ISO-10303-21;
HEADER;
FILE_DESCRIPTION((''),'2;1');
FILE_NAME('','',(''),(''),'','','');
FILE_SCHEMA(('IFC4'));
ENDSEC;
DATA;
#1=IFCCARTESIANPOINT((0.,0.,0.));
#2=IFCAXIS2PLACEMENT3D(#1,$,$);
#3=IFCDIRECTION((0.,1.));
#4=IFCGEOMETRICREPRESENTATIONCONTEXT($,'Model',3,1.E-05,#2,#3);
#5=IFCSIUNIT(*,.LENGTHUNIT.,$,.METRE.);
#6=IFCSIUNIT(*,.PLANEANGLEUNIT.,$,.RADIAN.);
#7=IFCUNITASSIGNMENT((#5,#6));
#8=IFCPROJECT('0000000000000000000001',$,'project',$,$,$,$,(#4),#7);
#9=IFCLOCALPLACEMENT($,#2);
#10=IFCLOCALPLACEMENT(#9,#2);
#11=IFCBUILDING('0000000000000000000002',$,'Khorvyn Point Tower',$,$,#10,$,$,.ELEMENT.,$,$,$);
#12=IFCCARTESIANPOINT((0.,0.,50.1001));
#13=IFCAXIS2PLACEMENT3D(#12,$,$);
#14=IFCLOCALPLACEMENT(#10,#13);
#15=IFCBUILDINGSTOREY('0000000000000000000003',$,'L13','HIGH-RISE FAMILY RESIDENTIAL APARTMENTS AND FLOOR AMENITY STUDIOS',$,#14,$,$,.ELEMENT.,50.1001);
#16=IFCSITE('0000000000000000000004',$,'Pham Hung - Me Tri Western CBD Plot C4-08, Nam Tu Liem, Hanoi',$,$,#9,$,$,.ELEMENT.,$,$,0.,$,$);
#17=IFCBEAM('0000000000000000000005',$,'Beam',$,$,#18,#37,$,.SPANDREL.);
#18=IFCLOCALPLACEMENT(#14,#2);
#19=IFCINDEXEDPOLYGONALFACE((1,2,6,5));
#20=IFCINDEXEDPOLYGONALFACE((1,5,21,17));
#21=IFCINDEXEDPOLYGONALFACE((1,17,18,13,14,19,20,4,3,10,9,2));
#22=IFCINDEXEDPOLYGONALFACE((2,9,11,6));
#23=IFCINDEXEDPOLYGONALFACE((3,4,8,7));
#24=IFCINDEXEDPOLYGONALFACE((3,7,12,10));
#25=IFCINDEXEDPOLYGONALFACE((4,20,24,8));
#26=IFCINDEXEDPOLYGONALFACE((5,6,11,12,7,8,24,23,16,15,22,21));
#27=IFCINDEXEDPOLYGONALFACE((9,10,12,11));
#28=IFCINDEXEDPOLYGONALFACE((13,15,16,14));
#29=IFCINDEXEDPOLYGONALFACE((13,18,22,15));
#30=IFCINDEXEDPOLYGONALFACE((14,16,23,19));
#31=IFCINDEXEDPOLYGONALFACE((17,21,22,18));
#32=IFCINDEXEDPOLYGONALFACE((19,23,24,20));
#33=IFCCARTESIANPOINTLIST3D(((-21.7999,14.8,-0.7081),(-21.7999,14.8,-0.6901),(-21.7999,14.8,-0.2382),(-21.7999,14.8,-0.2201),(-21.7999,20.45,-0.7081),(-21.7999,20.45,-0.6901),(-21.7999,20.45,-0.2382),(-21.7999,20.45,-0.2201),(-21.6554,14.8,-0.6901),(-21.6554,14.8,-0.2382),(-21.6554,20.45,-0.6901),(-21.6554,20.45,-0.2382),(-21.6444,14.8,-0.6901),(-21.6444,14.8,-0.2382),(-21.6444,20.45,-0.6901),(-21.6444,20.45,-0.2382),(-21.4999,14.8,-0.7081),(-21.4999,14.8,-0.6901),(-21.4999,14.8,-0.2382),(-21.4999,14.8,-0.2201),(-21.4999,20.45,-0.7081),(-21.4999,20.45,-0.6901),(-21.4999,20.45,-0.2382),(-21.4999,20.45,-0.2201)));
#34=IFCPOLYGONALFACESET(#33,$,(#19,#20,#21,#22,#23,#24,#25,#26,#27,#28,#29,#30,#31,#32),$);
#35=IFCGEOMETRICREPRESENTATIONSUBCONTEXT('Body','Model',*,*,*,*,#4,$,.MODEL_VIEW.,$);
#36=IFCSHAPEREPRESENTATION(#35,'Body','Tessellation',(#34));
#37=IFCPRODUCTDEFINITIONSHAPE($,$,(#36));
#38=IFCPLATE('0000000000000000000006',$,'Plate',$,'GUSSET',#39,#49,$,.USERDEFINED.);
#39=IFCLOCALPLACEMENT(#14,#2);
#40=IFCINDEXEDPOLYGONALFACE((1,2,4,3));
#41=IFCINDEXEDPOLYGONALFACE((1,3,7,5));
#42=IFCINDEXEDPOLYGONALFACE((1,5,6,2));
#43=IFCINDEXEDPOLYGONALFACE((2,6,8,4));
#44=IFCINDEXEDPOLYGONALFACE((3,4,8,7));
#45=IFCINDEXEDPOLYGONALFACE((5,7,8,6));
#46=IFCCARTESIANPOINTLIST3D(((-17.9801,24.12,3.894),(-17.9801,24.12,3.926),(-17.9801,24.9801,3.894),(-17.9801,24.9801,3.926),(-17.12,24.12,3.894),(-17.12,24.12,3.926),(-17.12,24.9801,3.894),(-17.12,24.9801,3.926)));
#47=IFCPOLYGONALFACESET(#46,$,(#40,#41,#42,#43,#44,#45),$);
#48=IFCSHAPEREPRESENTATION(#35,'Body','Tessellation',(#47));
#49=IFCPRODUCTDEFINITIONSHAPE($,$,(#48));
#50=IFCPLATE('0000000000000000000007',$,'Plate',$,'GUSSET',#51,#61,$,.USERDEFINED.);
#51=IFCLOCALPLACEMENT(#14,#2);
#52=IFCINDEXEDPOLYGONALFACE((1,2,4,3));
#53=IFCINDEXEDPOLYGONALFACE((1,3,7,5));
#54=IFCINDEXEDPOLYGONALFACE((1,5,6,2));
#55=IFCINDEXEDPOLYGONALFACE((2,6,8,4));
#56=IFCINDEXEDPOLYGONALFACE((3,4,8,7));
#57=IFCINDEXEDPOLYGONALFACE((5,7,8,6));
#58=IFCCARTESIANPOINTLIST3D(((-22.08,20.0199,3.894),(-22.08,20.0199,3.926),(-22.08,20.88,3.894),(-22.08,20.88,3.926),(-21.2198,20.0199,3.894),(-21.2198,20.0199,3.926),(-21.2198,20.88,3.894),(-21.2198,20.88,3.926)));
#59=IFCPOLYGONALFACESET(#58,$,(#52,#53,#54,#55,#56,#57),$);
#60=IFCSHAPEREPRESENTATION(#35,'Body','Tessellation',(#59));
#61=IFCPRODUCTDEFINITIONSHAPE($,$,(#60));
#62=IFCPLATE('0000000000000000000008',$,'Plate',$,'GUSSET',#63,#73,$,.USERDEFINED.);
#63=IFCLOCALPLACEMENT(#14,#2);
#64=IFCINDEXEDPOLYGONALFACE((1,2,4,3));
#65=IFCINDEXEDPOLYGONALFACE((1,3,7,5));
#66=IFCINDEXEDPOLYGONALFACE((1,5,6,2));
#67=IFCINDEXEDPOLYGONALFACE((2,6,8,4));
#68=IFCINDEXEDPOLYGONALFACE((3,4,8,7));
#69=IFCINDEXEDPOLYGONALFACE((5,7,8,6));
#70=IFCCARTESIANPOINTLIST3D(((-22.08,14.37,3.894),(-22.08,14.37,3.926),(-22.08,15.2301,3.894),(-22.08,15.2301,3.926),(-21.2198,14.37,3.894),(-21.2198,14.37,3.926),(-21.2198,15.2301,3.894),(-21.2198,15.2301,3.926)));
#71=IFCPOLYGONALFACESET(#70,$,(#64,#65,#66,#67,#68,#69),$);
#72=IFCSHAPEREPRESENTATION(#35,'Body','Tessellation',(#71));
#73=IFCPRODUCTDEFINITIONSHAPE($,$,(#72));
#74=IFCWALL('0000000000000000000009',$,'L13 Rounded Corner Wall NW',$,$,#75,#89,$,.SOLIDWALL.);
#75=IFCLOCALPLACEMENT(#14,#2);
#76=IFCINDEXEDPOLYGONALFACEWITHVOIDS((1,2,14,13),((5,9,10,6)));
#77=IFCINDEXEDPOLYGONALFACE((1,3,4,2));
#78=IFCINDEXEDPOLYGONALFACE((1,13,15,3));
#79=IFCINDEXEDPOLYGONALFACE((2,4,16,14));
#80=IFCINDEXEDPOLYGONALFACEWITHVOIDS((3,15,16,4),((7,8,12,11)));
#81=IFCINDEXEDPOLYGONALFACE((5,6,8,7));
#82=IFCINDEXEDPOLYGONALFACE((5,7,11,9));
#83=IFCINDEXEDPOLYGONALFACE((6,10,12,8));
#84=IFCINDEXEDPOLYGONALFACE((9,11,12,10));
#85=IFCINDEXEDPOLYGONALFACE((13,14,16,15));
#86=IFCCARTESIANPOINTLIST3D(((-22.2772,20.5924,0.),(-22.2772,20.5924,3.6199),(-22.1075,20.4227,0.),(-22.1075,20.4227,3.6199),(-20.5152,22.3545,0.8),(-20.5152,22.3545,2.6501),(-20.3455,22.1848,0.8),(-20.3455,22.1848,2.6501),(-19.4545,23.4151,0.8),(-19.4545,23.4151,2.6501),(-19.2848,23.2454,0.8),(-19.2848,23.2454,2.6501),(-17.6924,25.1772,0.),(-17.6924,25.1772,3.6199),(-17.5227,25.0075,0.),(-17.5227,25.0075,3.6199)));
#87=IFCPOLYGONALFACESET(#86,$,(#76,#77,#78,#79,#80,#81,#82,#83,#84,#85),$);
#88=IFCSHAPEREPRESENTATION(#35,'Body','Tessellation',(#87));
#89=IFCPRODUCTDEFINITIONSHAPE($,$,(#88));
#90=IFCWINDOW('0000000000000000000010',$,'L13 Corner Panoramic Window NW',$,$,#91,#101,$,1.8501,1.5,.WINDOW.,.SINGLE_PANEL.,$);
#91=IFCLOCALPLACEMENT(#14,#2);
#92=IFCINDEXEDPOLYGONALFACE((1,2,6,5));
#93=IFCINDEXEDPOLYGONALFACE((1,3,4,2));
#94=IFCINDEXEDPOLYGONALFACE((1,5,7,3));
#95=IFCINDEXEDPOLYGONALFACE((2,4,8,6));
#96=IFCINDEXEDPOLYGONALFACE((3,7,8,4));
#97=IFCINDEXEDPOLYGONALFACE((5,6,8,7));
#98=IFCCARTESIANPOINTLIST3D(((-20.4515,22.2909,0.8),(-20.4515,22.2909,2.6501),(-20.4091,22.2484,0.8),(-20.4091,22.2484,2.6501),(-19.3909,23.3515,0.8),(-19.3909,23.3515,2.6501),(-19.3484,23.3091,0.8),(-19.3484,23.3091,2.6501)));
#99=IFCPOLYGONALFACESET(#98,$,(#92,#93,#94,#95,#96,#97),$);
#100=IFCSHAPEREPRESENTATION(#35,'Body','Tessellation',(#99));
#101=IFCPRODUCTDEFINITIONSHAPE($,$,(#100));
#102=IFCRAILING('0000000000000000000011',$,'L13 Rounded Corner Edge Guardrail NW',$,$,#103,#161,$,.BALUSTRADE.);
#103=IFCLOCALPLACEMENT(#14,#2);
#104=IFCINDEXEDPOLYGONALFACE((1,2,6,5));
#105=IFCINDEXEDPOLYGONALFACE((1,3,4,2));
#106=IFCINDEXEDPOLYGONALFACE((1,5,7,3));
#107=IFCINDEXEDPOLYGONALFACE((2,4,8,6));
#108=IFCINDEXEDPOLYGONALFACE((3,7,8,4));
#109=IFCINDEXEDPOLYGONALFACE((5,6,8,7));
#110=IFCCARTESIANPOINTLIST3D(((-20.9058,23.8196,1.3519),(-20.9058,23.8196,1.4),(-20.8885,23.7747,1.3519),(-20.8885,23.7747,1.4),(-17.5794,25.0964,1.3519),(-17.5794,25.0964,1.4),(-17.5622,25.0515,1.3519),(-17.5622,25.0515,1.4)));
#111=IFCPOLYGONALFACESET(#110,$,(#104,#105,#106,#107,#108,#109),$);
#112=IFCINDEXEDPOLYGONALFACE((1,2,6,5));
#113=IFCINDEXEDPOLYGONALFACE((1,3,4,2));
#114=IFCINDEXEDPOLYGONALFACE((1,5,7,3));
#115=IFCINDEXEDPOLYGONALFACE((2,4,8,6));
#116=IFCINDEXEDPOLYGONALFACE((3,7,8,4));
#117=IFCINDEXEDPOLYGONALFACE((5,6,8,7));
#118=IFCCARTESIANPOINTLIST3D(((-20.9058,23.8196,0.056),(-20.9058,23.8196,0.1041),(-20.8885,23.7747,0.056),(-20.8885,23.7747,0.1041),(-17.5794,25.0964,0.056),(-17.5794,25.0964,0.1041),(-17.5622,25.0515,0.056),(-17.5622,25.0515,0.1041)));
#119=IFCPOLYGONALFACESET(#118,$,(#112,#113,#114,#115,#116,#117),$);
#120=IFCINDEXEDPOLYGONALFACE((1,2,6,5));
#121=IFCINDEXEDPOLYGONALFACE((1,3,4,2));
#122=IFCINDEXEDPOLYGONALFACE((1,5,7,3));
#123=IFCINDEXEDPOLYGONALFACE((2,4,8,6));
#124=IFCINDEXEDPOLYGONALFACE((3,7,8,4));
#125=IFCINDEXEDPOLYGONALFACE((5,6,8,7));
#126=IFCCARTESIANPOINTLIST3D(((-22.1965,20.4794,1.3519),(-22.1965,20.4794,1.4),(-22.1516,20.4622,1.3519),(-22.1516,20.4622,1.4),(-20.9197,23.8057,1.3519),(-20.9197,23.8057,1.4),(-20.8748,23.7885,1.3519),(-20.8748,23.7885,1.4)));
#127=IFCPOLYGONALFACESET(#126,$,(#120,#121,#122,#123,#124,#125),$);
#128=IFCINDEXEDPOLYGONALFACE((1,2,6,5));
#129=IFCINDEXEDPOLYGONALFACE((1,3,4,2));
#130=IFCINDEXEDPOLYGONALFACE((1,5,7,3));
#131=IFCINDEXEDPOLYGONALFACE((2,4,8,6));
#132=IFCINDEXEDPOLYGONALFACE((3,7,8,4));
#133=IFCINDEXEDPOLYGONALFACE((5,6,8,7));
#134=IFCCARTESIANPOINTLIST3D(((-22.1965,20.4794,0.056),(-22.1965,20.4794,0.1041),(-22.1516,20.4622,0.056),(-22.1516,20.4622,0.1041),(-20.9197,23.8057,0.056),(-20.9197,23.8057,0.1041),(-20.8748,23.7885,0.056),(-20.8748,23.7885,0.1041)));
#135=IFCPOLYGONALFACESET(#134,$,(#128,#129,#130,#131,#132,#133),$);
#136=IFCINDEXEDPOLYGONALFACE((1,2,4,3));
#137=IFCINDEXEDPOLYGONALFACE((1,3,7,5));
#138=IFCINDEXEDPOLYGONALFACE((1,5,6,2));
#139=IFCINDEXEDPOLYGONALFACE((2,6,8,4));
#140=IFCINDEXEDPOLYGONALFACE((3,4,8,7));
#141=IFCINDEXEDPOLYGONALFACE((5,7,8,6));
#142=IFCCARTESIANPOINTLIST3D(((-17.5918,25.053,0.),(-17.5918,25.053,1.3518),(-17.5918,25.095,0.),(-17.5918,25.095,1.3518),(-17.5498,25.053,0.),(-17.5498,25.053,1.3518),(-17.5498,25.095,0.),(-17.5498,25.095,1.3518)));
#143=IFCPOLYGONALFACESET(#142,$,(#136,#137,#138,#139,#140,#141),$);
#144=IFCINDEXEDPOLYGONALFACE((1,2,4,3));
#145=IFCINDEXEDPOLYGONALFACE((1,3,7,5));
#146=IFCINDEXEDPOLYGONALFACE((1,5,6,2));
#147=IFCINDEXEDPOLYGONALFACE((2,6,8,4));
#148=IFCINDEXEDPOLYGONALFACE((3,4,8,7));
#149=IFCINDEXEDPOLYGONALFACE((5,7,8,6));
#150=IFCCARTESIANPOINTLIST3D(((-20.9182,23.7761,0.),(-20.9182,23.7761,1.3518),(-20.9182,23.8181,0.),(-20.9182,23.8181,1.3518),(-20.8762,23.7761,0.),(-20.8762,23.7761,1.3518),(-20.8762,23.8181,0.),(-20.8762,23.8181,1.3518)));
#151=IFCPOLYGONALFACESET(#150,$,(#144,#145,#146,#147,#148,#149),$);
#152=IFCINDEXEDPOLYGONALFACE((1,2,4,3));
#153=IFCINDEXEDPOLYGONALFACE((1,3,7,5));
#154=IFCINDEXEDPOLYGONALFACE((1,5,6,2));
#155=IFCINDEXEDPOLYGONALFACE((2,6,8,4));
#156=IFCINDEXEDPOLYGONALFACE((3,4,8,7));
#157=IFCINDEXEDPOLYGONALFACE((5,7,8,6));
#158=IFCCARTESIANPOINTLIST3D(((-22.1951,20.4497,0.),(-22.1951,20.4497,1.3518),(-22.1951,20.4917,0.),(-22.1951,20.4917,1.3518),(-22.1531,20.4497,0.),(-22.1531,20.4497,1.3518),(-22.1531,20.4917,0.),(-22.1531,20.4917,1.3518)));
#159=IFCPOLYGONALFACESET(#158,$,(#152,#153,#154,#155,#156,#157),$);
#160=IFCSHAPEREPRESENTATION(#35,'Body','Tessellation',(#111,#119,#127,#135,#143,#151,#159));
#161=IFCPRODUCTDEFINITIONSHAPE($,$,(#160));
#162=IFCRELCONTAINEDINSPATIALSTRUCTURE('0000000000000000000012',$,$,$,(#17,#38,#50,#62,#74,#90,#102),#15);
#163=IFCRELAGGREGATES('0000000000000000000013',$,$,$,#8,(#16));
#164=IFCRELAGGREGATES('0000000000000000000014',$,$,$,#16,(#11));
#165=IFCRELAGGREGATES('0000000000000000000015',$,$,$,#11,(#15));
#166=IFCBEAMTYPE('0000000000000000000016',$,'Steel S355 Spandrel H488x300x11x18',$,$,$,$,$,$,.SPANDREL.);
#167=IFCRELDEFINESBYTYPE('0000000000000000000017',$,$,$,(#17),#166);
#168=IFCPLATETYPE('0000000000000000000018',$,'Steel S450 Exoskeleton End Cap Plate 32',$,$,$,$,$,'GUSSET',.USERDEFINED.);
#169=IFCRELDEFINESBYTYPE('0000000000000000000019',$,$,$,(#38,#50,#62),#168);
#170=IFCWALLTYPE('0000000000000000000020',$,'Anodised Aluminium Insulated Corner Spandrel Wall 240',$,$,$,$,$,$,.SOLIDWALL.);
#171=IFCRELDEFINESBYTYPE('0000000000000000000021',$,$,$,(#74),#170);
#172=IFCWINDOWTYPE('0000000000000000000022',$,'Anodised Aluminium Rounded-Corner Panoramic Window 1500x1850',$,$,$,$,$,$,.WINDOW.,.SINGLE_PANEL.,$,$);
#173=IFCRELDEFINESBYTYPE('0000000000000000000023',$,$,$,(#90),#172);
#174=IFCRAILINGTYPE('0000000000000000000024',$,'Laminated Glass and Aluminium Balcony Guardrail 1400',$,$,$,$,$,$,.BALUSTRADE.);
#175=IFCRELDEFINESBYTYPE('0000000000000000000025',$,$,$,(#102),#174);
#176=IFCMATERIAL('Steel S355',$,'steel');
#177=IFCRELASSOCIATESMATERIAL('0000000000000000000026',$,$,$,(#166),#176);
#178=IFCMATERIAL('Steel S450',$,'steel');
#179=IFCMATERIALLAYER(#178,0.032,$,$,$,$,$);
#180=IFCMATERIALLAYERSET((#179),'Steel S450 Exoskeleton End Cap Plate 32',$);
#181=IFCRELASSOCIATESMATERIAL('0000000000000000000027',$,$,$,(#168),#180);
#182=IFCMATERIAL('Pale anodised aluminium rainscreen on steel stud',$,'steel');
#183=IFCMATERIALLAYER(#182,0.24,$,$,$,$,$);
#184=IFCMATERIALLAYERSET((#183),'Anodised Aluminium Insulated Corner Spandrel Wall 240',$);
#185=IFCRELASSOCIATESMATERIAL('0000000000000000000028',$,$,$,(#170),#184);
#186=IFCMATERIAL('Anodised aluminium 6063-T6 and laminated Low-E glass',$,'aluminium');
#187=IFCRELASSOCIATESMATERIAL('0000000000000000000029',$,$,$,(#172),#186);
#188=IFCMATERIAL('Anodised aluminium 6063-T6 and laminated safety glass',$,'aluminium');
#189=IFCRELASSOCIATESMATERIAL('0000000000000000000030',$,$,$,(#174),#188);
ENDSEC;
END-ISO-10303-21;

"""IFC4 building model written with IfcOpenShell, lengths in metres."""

from ifc_helpers import new_model, si_unit, direction, frame, frame_2d, origin, origin_2d, place, context, subcontext, project, spatial, rectangle, i_section, extrude, material, layer, layer_set, material_profile, profile_set, type_object, element, fill, save


model = new_model("IFC4")

# Units and contexts
model_context = context("Model", 3, precision=1e-05, world=origin(), true_north=direction((0.0, 1.0)))
body_context = subcontext(model_context, "Body", "Model", "MODEL_VIEW")
ifc_project = project(units=[si_unit("LENGTHUNIT", "METRE"), si_unit("PLANEANGLEUNIT", "RADIAN")], contexts=[model_context])

# Site, building, storey
site_placement = place(None, origin())
site = spatial("IfcSite", under=ifc_project, at=site_placement, Name="Pham Hung - Me Tri Western CBD Plot C4-08, Nam Tu Liem, Hanoi", CompositionType="ELEMENT", RefElevation=0.0)
building_placement = place(site_placement, origin())
building = spatial("IfcBuilding", under=site, at=building_placement, Name="Khorvyn Point Tower", CompositionType="ELEMENT")
storey_placement = place(building_placement, frame((0.0, 0.0, 50.1001)))
storey = spatial("IfcBuildingStorey", under=building, at=storey_placement, Name="L13", Description="HIGH-RISE FAMILY RESIDENTIAL APARTMENTS AND FLOOR AMENITY STUDIOS", CompositionType="ELEMENT", Elevation=50.1001)

# Shared definitions
ifc_material_1 = material(Name="Steel S450", Category="steel")

# Shared definitions
ifc_material_2 = material(Name="Anodised aluminium 6063-T6 and laminated Low-E glass", Category="aluminium")

# Beam
ifc_material_3 = material(Name="Steel S355", Category="steel")
ifc_material_profile_1 = material_profile(ifc_material_3, i_section(OverallWidth=0.3, OverallDepth=0.488, WebThickness=0.011, FlangeThickness=0.0181, at=origin_2d()))
ifc_profile_set_1 = profile_set([ifc_material_profile_1], Name="Steel S355 H488x300x11x18")
beam_type_1 = type_object("IfcBeamType", Name="Steel S355 Spandrel H488x300x11x18", PredefinedType="SPANDREL", material=ifc_profile_set_1)
beam_1_placement = place(storey_placement, frame((-21.6499, 14.8, -0.4641), z_axis=(0.0, 1.0, 0.0), x_axis=(-1.0, 0.0, 0.0)))
element("IfcBeam", 1, at=beam_1_placement, inside=storey, type_object=beam_type_1, Name="Beam", PredefinedType="SPANDREL", context=body_context, shape_type="SweptSolid", body=[
    extrude(i_section(OverallWidth=0.3, OverallDepth=0.488, WebThickness=0.011, FlangeThickness=0.0181, at=origin_2d()), origin(), (0.0, 0.0, 1.0), 5.6499),
])

# Plates
ifc_layer_1 = layer(ifc_material_1, 0.032)
ifc_layer_set_1 = layer_set([ifc_layer_1], Name="Steel S450 Exoskeleton End Cap Plate 32")
plate_type = type_object("IfcPlateType", Name="Steel S450 Exoskeleton End Cap Plate 32", ElementType="GUSSET", PredefinedType="USERDEFINED", material=ifc_layer_set_1)
for number, where, z_axis, x_axis, name in (
    (2, (-17.55, 24.55, 3.894), (0.0, 0.0, 1.0), (1.0, 0.0, 0.0), "Plate"),
    (3, (-21.6499, 20.45, 3.894), (0.0, 0.0, 1.0), (1.0, 0.0, 0.0), "Plate"),
    (4, (-21.6499, 14.8, 3.894), (0.0, 0.0, 1.0), (1.0, 0.0, 0.0), "Plate"),
):
    element("IfcPlate", number, at=place(storey_placement, frame(where, z_axis=z_axis, x_axis=x_axis)), inside=storey, type_object=plate_type, Name=name, ObjectType="GUSSET", PredefinedType="USERDEFINED", context=body_context, shape_type="SweptSolid", body=[
        extrude(rectangle(XDim=0.8601, YDim=0.8601, at=origin_2d()), origin(), (0.0, 0.0, 1.0), 0.032),
    ])

# Wall, opening, window
ifc_material_4 = material(Name="Pale anodised aluminium rainscreen on steel stud", Category="steel")
ifc_layer_2 = layer(ifc_material_4, 0.24)
ifc_layer_set_2 = layer_set([ifc_layer_2], Name="Anodised Aluminium Insulated Corner Spandrel Wall 240")
wall_type = type_object("IfcWallType", Name="Anodised Aluminium Insulated Corner Spandrel Wall 240", PredefinedType="SOLIDWALL", material=ifc_layer_set_2)
wall_placement = place(storey_placement, frame((-22.1924, 20.5076, 0.0), z_axis=(0.0, 0.0, 1.0), x_axis=(0.707107, 0.707107, 0.0)))
wall = element("IfcWall", 5, at=wall_placement, inside=storey, type_object=wall_type, Name="L13 Rounded Corner Wall NW", PredefinedType="SOLIDWALL", context=body_context, shape_type="SweptSolid", body=[
    extrude(rectangle(XDim=6.4839, YDim=0.24, at=frame_2d((3.2419, 0.0))), origin(), (0.0, 0.0, 1.0), 3.6199),
])
opening_placement = place(wall_placement, frame((2.4919, 0.0, 0.8)))
opening = element("IfcOpeningElement", 6, at=opening_placement, cuts=wall, PredefinedType="OPENING", context=body_context, shape_type="SweptSolid", body=[
    extrude(rectangle(XDim=1.5, YDim=1.8501, at=frame_2d((0.75, 0.925))), frame((0.0, 0.1299, 0.0), z_axis=(0.0, -1.0, 0.0), x_axis=(1.0, 0.0, 0.0)), (0.0, 0.0, 1.0), 0.26),
])
window_type = type_object("IfcWindowType", Name="Anodised Aluminium Rounded-Corner Panoramic Window 1500x1850", PartitioningType="SINGLE_PANEL", PredefinedType="WINDOW", material=ifc_material_2)
window_placement = place(opening_placement, origin())
window = element("IfcWindow", 7, at=window_placement, inside=storey, type_object=window_type, Name="L13 Corner Panoramic Window NW", OverallHeight=1.8501, OverallWidth=1.5, PartitioningType="SINGLE_PANEL", PredefinedType="WINDOW", context=body_context, shape_type="SweptSolid", body=[
    extrude(rectangle(XDim=1.5, YDim=1.8501, at=frame_2d((0.75, 0.925))), frame((0.0, 0.03, 0.0), z_axis=(0.0, -1.0, 0.0), x_axis=(1.0, 0.0, 0.0)), (0.0, 0.0, 1.0), 0.0601),
])
fill(opening, window)

# Railing
ifc_material_5 = material(Name="Anodised aluminium 6063-T6 and laminated safety glass", Category="aluminium")
railing_type = type_object("IfcRailingType", Name="Laminated Glass and Aluminium Balcony Guardrail 1400", PredefinedType="BALUSTRADE", material=ifc_material_5)
railing_1_placement = place(storey_placement, frame((-17.5708, 25.074, 0.0)))
element("IfcRailing", 8, at=railing_1_placement, inside=storey, type_object=railing_type, Name="L13 Rounded Corner Edge Guardrail NW", PredefinedType="BALUSTRADE", context=body_context, shape_type="SweptSolid", body=[
    extrude(rectangle(XDim=0.0481, YDim=0.0481, at=origin_2d()), frame((0.0, 0.0, 1.376), z_axis=(-0.933584, -0.358359, 0.0), x_axis=(0.358359, -0.933584, 0.0)), (0.0, 0.0, 1.0), 3.563),
    extrude(rectangle(XDim=0.0481, YDim=0.0481, at=origin_2d()), frame((0.0, 0.0, 0.0801), z_axis=(-0.933584, -0.358359, 0.0), x_axis=(0.358359, -0.933584, 0.0)), (0.0, 0.0, 1.0), 3.563),
    extrude(rectangle(XDim=0.0481, YDim=0.0481, at=origin_2d()), frame((-3.3264, -1.2769, 1.376), z_axis=(-0.358359, -0.933584, 0.0), x_axis=(0.933584, -0.358359, 0.0)), (0.0, 0.0, 1.0), 3.563),
    extrude(rectangle(XDim=0.0481, YDim=0.0481, at=origin_2d()), frame((-3.3264, -1.2769, 0.0801), z_axis=(-0.358359, -0.933584, 0.0), x_axis=(0.933584, -0.358359, 0.0)), (0.0, 0.0, 1.0), 3.563),
    extrude(rectangle(XDim=0.042, YDim=0.042, at=origin_2d()), origin(), (0.0, 0.0, 1.0), 1.3518),
    extrude(rectangle(XDim=0.042, YDim=0.042, at=origin_2d()), frame((-3.3264, -1.2769, 0.0)), (0.0, 0.0, 1.0), 1.3518),
    extrude(rectangle(XDim=0.042, YDim=0.042, at=origin_2d()), frame((-4.6033, -4.6033, 0.0)), (0.0, 0.0, 1.0), 1.3518),
])

save(model, "model.ifc")
